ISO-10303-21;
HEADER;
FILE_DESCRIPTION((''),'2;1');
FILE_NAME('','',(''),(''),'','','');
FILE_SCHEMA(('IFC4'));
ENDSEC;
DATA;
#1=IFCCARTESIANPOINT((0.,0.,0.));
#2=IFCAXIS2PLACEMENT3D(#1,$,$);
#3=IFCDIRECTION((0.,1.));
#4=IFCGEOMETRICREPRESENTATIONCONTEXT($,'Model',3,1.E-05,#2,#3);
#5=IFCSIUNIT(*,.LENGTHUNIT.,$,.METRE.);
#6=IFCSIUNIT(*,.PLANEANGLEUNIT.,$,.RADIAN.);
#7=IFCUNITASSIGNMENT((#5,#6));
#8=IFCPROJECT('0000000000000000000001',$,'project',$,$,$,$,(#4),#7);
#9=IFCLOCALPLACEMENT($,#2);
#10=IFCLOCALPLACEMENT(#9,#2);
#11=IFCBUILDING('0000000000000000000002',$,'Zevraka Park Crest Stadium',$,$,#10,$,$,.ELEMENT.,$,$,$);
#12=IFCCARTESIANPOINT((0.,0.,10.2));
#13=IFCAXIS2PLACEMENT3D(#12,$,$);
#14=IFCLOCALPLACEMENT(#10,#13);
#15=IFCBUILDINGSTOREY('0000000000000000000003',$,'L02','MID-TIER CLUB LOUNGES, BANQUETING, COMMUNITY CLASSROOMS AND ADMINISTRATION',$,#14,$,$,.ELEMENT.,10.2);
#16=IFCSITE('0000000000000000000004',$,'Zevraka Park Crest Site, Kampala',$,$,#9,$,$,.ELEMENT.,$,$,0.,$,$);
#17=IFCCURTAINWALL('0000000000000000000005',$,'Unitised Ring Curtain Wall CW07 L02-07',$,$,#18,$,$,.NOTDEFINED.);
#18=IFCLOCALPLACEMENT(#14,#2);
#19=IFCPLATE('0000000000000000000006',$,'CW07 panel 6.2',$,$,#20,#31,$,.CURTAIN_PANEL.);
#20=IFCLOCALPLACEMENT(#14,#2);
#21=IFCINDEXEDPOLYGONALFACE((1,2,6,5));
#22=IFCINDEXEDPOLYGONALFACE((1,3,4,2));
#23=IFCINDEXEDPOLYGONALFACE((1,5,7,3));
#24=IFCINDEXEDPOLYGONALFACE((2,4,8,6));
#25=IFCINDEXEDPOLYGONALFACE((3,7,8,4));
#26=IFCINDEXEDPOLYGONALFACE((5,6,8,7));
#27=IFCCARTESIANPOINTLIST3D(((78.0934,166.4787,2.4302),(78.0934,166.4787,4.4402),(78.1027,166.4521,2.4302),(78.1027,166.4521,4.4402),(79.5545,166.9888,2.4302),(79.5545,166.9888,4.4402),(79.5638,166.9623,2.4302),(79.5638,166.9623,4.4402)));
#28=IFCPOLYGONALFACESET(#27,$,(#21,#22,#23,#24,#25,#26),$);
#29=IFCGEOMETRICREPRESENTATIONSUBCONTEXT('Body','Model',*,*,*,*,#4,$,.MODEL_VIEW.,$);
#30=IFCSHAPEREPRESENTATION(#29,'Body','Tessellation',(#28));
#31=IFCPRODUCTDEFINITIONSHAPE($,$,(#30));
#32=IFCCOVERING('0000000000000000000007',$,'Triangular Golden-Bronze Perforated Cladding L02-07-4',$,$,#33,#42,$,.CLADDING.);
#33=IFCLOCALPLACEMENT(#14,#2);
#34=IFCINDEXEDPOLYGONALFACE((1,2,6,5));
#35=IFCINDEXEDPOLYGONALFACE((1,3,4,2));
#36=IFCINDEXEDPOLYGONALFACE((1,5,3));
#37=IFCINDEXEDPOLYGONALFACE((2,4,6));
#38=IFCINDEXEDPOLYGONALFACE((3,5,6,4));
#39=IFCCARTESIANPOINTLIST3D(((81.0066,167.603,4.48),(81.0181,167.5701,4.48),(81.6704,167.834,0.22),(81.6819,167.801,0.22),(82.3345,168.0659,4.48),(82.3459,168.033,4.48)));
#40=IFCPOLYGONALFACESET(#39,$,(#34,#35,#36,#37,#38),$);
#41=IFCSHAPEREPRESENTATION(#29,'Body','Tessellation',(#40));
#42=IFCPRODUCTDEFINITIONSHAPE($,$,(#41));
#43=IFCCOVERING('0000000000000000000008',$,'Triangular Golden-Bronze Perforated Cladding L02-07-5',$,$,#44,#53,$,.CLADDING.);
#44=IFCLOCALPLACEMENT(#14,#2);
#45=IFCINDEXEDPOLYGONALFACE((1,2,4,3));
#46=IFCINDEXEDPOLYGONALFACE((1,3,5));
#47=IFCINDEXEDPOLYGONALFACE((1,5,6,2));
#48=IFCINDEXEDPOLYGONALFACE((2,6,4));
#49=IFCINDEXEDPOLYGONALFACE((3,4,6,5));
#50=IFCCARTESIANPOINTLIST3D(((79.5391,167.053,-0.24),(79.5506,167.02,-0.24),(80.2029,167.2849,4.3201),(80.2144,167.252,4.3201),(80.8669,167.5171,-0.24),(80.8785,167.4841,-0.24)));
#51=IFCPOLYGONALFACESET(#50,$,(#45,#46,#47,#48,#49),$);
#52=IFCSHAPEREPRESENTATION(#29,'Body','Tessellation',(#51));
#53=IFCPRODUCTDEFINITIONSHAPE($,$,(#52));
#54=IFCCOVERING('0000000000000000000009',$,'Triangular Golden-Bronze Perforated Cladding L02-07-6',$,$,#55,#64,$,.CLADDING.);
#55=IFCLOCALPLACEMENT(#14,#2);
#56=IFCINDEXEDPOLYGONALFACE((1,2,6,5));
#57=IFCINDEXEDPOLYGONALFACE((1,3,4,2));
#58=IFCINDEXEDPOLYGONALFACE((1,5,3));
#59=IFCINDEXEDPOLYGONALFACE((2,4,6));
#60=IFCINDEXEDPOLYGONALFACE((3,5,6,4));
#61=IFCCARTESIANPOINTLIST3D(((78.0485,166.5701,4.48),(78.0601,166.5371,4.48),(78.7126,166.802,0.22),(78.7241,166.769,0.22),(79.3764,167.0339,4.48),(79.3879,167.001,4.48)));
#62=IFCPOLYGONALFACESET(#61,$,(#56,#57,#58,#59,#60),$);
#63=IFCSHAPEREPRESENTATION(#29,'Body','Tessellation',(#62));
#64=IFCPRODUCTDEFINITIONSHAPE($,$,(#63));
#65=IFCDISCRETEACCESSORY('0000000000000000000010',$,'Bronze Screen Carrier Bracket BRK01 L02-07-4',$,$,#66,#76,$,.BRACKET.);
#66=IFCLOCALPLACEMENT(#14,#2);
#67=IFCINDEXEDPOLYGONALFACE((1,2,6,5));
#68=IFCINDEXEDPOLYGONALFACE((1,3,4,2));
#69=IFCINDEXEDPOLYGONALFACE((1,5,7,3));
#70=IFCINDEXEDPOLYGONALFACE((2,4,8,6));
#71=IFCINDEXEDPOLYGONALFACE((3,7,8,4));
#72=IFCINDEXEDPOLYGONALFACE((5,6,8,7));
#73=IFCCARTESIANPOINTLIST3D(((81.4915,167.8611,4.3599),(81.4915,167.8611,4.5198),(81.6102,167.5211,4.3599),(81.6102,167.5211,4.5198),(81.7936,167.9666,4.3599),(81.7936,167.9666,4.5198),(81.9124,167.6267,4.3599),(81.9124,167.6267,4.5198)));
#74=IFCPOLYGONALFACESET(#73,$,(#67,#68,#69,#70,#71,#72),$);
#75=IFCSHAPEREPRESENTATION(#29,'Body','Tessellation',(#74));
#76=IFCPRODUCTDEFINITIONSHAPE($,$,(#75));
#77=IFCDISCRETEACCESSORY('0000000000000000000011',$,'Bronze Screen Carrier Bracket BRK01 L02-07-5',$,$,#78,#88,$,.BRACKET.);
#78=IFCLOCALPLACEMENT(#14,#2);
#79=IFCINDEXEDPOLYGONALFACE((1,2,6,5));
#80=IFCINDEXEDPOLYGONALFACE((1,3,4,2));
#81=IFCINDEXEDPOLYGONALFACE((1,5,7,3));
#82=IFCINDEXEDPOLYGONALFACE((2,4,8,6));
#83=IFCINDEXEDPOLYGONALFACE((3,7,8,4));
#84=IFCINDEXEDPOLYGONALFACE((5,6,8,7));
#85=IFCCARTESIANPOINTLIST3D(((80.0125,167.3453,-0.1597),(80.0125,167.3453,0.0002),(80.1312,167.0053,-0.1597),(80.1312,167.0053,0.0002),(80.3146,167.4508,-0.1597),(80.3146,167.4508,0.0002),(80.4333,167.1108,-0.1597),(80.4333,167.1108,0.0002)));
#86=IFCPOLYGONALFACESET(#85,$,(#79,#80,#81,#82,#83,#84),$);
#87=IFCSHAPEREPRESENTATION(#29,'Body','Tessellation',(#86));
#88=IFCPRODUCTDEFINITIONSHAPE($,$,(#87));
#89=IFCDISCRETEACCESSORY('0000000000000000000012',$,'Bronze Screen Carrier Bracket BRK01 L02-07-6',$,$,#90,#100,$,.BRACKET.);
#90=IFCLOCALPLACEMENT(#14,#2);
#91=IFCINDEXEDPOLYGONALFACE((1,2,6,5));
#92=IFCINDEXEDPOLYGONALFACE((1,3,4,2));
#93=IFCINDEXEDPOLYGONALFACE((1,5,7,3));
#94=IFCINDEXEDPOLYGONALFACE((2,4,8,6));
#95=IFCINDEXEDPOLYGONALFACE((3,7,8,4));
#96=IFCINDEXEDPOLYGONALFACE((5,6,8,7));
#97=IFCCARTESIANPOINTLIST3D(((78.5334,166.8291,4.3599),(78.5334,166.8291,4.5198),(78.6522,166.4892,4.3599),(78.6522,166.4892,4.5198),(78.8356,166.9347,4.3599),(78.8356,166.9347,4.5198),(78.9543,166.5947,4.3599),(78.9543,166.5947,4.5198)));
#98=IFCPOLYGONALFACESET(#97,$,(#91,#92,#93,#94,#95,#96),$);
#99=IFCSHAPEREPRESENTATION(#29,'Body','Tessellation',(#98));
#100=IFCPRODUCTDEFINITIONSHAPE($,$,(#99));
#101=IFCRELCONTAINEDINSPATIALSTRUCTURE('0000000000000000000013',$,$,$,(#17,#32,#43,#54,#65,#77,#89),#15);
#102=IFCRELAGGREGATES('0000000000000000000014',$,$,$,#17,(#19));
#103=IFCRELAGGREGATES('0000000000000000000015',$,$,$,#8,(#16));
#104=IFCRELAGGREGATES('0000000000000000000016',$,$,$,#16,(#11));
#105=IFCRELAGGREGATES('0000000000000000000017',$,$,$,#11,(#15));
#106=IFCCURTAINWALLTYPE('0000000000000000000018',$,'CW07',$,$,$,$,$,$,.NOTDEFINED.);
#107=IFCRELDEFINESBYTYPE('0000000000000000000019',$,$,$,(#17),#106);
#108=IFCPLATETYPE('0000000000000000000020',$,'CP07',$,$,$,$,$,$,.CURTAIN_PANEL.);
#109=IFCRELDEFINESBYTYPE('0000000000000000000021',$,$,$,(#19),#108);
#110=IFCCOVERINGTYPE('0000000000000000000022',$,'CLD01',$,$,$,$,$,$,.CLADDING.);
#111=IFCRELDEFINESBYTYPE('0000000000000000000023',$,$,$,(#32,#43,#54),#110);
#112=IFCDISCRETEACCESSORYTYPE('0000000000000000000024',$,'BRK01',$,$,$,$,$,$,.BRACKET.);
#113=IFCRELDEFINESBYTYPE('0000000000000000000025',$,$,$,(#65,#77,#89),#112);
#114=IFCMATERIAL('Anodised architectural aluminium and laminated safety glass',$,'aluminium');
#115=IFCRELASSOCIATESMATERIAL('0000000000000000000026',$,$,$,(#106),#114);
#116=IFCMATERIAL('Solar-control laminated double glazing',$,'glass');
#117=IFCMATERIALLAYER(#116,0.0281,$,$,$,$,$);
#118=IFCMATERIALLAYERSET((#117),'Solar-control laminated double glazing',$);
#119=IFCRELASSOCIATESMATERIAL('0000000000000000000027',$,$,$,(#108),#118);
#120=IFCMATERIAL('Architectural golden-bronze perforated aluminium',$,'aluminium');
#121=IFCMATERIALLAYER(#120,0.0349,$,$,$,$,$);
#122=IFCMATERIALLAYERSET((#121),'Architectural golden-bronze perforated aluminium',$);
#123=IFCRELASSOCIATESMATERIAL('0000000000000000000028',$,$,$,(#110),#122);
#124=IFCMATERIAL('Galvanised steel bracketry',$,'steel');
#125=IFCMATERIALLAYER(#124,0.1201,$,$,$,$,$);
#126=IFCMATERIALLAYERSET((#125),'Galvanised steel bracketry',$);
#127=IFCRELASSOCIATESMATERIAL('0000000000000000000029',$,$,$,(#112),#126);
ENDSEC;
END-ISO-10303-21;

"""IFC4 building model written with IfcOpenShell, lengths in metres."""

from ifc_helpers import new_model, si_unit, direction, frame, origin, origin_2d, place, context, subcontext, project, spatial, polyline, rectangle, outline, extrude, material, layer, layer_set, type_object, element, aggregate, save


model = new_model("IFC4")

# Units and contexts
model_context = context("Model", 3, precision=1e-05, world=origin(), true_north=direction((0.0, 1.0)))
body_context = subcontext(model_context, "Body", "Model", "MODEL_VIEW")
ifc_project = project(units=[si_unit("LENGTHUNIT", "METRE"), si_unit("PLANEANGLEUNIT", "RADIAN")], contexts=[model_context])

# Site, building, storey
site_placement = place(None, origin())
site = spatial("IfcSite", under=ifc_project, at=site_placement, Name="Zevraka Park Crest Site, Kampala", CompositionType="ELEMENT", RefElevation=0.0)
building_placement = place(site_placement, origin())
building = spatial("IfcBuilding", under=site, at=building_placement, Name="Zevraka Park Crest Stadium", CompositionType="ELEMENT")
storey_placement = place(building_placement, frame((0.0, 0.0, 10.2)))
storey = spatial("IfcBuildingStorey", under=building, at=storey_placement, Name="L02", Description="MID-TIER CLUB LOUNGES, BANQUETING, COMMUNITY CLASSROOMS AND ADMINISTRATION", CompositionType="ELEMENT", Elevation=10.2)

# Curtain wall, plate
ifc_material_1 = material(Name="Anodised architectural aluminium and laminated safety glass", Category="aluminium")
curtain_wall_type = type_object("IfcCurtainWallType", Name="CW07", PredefinedType="NOTDEFINED", material=ifc_material_1)
curtain_wall_placement = place(storey_placement, origin())
curtain_wall = element("IfcCurtainWall", 1, at=curtain_wall_placement, inside=storey, type_object=curtain_wall_type, Name="Unitised Ring Curtain Wall CW07 L02-07", PredefinedType="NOTDEFINED")
ifc_material_2 = material(Name="Solar-control laminated double glazing", Category="glass")
ifc_layer_1 = layer(ifc_material_2, 0.0281)
ifc_layer_set_1 = layer_set([ifc_layer_1], Name="Solar-control laminated double glazing")
plate_type = type_object("IfcPlateType", Name="CP07", PredefinedType="CURTAIN_PANEL", material=ifc_layer_set_1)
plate_1_placement = place(storey_placement, frame((78.8286, 166.7205, 2.4302), z_axis=(0.0, 0.0, 1.0), x_axis=(-0.944114, -0.329619, 0.0)))
plate_1 = element("IfcPlate", 2, at=plate_1_placement, type_object=plate_type, Name="CW07 panel 6.2", PredefinedType="CURTAIN_PANEL", context=body_context, shape_type="SweptSolid", body=[
    extrude(rectangle(XDim=1.5476, YDim=0.0281, at=origin_2d()), origin(), (0.0, 0.0, 1.0), 2.01),
])
aggregate(curtain_wall, [plate_1])

# Coverings
ifc_material_3 = material(Name="Architectural golden-bronze perforated aluminium", Category="aluminium")
ifc_layer_2 = layer(ifc_material_3, 0.0349)
ifc_layer_set_2 = layer_set([ifc_layer_2], Name="Architectural golden-bronze perforated aluminium")
covering_type = type_object("IfcCoveringType", Name="CLD01", PredefinedType="CLADDING", material=ifc_layer_set_2)
covering_1_placement = place(storey_placement, frame((81.0181, 167.5701, 4.48), z_axis=(0.329167, -0.944272, 0.000099), x_axis=(0.944272, 0.329167, 0.0)))
element("IfcCovering", 3, at=covering_1_placement, inside=storey, type_object=covering_type, Name="Triangular Golden-Bronze Perforated Cladding L02-07-4", PredefinedType="CLADDING", context=body_context, shape_type="SweptSolid", body=[
    extrude(outline(polyline([(0.0, 0.0), (1.4062, 0.0), (0.7028, -4.26), (0.0, 0.0)])), origin(), (0.0, 0.0, -1.0), 0.0349),
])
covering_2_placement = place(storey_placement, frame((80.8669, 167.5171, -0.24), z_axis=(-0.329941, 0.944002, 0.000016), x_axis=(-0.944002, -0.329941, 0.0)))
element("IfcCovering", 4, at=covering_2_placement, inside=storey, type_object=covering_type, Name="Triangular Golden-Bronze Perforated Cladding L02-07-5", PredefinedType="CLADDING", context=body_context, shape_type="SweptSolid", body=[
    extrude(outline(polyline([(0.0, 0.0), (1.4067, 0.0), (0.7035, 4.5601), (0.0, 0.0)])), origin(), (0.0, 0.0, -1.0), 0.0349),
])
covering_3_placement = place(storey_placement, frame((78.0601, 166.5371, 4.48), z_axis=(0.329786, -0.944056, 0.000009), x_axis=(0.944056, 0.329786, 0.0)))
element("IfcCovering", 5, at=covering_3_placement, inside=storey, type_object=covering_type, Name="Triangular Golden-Bronze Perforated Cladding L02-07-6", PredefinedType="CLADDING", context=body_context, shape_type="SweptSolid", body=[
    extrude(outline(polyline([(0.0, 0.0), (1.4066, 0.0), (0.7034, -4.26), (0.0, 0.0)])), origin(), (0.0, 0.0, -1.0), 0.0349),
])

# Discrete accessories
ifc_material_4 = material(Name="Galvanised steel bracketry", Category="steel")
ifc_layer_3 = layer(ifc_material_4, 0.1201)
ifc_layer_set_3 = layer_set([ifc_layer_3], Name="Galvanised steel bracketry")
discrete_accessory_type = type_object("IfcDiscreteAccessoryType", Name="BRK01", PredefinedType="BRACKET", material=ifc_layer_set_3)
for number, where, z_axis, x_axis, name in (
    (6, (81.7019, 167.7439, 4.3599), (0.0, 0.0, 1.0), (-0.944089, -0.329691, 0.0), "Bronze Screen Carrier Bracket BRK01 L02-07-4"),
    (7, (80.2229, 167.228, -0.1597), (0.0, 0.0, 1.0), (-0.944089, -0.329691, 0.0), "Bronze Screen Carrier Bracket BRK01 L02-07-5"),
    (8, (78.7439, 166.7119, 4.3599), (0.0, 0.0, 1.0), (-0.944089, -0.329691, 0.0), "Bronze Screen Carrier Bracket BRK01 L02-07-6"),
):
    element("IfcDiscreteAccessory", number, at=place(storey_placement, frame(where, z_axis=z_axis, x_axis=x_axis)), inside=storey, type_object=discrete_accessory_type, Name=name, PredefinedType="BRACKET", context=body_context, shape_type="SweptSolid", body=[
        extrude(rectangle(XDim=0.3201, YDim=0.3601, at=origin_2d()), origin(), (0.0, 0.0, 1.0), 0.1599),
    ])

save(model, "model.ifc")
